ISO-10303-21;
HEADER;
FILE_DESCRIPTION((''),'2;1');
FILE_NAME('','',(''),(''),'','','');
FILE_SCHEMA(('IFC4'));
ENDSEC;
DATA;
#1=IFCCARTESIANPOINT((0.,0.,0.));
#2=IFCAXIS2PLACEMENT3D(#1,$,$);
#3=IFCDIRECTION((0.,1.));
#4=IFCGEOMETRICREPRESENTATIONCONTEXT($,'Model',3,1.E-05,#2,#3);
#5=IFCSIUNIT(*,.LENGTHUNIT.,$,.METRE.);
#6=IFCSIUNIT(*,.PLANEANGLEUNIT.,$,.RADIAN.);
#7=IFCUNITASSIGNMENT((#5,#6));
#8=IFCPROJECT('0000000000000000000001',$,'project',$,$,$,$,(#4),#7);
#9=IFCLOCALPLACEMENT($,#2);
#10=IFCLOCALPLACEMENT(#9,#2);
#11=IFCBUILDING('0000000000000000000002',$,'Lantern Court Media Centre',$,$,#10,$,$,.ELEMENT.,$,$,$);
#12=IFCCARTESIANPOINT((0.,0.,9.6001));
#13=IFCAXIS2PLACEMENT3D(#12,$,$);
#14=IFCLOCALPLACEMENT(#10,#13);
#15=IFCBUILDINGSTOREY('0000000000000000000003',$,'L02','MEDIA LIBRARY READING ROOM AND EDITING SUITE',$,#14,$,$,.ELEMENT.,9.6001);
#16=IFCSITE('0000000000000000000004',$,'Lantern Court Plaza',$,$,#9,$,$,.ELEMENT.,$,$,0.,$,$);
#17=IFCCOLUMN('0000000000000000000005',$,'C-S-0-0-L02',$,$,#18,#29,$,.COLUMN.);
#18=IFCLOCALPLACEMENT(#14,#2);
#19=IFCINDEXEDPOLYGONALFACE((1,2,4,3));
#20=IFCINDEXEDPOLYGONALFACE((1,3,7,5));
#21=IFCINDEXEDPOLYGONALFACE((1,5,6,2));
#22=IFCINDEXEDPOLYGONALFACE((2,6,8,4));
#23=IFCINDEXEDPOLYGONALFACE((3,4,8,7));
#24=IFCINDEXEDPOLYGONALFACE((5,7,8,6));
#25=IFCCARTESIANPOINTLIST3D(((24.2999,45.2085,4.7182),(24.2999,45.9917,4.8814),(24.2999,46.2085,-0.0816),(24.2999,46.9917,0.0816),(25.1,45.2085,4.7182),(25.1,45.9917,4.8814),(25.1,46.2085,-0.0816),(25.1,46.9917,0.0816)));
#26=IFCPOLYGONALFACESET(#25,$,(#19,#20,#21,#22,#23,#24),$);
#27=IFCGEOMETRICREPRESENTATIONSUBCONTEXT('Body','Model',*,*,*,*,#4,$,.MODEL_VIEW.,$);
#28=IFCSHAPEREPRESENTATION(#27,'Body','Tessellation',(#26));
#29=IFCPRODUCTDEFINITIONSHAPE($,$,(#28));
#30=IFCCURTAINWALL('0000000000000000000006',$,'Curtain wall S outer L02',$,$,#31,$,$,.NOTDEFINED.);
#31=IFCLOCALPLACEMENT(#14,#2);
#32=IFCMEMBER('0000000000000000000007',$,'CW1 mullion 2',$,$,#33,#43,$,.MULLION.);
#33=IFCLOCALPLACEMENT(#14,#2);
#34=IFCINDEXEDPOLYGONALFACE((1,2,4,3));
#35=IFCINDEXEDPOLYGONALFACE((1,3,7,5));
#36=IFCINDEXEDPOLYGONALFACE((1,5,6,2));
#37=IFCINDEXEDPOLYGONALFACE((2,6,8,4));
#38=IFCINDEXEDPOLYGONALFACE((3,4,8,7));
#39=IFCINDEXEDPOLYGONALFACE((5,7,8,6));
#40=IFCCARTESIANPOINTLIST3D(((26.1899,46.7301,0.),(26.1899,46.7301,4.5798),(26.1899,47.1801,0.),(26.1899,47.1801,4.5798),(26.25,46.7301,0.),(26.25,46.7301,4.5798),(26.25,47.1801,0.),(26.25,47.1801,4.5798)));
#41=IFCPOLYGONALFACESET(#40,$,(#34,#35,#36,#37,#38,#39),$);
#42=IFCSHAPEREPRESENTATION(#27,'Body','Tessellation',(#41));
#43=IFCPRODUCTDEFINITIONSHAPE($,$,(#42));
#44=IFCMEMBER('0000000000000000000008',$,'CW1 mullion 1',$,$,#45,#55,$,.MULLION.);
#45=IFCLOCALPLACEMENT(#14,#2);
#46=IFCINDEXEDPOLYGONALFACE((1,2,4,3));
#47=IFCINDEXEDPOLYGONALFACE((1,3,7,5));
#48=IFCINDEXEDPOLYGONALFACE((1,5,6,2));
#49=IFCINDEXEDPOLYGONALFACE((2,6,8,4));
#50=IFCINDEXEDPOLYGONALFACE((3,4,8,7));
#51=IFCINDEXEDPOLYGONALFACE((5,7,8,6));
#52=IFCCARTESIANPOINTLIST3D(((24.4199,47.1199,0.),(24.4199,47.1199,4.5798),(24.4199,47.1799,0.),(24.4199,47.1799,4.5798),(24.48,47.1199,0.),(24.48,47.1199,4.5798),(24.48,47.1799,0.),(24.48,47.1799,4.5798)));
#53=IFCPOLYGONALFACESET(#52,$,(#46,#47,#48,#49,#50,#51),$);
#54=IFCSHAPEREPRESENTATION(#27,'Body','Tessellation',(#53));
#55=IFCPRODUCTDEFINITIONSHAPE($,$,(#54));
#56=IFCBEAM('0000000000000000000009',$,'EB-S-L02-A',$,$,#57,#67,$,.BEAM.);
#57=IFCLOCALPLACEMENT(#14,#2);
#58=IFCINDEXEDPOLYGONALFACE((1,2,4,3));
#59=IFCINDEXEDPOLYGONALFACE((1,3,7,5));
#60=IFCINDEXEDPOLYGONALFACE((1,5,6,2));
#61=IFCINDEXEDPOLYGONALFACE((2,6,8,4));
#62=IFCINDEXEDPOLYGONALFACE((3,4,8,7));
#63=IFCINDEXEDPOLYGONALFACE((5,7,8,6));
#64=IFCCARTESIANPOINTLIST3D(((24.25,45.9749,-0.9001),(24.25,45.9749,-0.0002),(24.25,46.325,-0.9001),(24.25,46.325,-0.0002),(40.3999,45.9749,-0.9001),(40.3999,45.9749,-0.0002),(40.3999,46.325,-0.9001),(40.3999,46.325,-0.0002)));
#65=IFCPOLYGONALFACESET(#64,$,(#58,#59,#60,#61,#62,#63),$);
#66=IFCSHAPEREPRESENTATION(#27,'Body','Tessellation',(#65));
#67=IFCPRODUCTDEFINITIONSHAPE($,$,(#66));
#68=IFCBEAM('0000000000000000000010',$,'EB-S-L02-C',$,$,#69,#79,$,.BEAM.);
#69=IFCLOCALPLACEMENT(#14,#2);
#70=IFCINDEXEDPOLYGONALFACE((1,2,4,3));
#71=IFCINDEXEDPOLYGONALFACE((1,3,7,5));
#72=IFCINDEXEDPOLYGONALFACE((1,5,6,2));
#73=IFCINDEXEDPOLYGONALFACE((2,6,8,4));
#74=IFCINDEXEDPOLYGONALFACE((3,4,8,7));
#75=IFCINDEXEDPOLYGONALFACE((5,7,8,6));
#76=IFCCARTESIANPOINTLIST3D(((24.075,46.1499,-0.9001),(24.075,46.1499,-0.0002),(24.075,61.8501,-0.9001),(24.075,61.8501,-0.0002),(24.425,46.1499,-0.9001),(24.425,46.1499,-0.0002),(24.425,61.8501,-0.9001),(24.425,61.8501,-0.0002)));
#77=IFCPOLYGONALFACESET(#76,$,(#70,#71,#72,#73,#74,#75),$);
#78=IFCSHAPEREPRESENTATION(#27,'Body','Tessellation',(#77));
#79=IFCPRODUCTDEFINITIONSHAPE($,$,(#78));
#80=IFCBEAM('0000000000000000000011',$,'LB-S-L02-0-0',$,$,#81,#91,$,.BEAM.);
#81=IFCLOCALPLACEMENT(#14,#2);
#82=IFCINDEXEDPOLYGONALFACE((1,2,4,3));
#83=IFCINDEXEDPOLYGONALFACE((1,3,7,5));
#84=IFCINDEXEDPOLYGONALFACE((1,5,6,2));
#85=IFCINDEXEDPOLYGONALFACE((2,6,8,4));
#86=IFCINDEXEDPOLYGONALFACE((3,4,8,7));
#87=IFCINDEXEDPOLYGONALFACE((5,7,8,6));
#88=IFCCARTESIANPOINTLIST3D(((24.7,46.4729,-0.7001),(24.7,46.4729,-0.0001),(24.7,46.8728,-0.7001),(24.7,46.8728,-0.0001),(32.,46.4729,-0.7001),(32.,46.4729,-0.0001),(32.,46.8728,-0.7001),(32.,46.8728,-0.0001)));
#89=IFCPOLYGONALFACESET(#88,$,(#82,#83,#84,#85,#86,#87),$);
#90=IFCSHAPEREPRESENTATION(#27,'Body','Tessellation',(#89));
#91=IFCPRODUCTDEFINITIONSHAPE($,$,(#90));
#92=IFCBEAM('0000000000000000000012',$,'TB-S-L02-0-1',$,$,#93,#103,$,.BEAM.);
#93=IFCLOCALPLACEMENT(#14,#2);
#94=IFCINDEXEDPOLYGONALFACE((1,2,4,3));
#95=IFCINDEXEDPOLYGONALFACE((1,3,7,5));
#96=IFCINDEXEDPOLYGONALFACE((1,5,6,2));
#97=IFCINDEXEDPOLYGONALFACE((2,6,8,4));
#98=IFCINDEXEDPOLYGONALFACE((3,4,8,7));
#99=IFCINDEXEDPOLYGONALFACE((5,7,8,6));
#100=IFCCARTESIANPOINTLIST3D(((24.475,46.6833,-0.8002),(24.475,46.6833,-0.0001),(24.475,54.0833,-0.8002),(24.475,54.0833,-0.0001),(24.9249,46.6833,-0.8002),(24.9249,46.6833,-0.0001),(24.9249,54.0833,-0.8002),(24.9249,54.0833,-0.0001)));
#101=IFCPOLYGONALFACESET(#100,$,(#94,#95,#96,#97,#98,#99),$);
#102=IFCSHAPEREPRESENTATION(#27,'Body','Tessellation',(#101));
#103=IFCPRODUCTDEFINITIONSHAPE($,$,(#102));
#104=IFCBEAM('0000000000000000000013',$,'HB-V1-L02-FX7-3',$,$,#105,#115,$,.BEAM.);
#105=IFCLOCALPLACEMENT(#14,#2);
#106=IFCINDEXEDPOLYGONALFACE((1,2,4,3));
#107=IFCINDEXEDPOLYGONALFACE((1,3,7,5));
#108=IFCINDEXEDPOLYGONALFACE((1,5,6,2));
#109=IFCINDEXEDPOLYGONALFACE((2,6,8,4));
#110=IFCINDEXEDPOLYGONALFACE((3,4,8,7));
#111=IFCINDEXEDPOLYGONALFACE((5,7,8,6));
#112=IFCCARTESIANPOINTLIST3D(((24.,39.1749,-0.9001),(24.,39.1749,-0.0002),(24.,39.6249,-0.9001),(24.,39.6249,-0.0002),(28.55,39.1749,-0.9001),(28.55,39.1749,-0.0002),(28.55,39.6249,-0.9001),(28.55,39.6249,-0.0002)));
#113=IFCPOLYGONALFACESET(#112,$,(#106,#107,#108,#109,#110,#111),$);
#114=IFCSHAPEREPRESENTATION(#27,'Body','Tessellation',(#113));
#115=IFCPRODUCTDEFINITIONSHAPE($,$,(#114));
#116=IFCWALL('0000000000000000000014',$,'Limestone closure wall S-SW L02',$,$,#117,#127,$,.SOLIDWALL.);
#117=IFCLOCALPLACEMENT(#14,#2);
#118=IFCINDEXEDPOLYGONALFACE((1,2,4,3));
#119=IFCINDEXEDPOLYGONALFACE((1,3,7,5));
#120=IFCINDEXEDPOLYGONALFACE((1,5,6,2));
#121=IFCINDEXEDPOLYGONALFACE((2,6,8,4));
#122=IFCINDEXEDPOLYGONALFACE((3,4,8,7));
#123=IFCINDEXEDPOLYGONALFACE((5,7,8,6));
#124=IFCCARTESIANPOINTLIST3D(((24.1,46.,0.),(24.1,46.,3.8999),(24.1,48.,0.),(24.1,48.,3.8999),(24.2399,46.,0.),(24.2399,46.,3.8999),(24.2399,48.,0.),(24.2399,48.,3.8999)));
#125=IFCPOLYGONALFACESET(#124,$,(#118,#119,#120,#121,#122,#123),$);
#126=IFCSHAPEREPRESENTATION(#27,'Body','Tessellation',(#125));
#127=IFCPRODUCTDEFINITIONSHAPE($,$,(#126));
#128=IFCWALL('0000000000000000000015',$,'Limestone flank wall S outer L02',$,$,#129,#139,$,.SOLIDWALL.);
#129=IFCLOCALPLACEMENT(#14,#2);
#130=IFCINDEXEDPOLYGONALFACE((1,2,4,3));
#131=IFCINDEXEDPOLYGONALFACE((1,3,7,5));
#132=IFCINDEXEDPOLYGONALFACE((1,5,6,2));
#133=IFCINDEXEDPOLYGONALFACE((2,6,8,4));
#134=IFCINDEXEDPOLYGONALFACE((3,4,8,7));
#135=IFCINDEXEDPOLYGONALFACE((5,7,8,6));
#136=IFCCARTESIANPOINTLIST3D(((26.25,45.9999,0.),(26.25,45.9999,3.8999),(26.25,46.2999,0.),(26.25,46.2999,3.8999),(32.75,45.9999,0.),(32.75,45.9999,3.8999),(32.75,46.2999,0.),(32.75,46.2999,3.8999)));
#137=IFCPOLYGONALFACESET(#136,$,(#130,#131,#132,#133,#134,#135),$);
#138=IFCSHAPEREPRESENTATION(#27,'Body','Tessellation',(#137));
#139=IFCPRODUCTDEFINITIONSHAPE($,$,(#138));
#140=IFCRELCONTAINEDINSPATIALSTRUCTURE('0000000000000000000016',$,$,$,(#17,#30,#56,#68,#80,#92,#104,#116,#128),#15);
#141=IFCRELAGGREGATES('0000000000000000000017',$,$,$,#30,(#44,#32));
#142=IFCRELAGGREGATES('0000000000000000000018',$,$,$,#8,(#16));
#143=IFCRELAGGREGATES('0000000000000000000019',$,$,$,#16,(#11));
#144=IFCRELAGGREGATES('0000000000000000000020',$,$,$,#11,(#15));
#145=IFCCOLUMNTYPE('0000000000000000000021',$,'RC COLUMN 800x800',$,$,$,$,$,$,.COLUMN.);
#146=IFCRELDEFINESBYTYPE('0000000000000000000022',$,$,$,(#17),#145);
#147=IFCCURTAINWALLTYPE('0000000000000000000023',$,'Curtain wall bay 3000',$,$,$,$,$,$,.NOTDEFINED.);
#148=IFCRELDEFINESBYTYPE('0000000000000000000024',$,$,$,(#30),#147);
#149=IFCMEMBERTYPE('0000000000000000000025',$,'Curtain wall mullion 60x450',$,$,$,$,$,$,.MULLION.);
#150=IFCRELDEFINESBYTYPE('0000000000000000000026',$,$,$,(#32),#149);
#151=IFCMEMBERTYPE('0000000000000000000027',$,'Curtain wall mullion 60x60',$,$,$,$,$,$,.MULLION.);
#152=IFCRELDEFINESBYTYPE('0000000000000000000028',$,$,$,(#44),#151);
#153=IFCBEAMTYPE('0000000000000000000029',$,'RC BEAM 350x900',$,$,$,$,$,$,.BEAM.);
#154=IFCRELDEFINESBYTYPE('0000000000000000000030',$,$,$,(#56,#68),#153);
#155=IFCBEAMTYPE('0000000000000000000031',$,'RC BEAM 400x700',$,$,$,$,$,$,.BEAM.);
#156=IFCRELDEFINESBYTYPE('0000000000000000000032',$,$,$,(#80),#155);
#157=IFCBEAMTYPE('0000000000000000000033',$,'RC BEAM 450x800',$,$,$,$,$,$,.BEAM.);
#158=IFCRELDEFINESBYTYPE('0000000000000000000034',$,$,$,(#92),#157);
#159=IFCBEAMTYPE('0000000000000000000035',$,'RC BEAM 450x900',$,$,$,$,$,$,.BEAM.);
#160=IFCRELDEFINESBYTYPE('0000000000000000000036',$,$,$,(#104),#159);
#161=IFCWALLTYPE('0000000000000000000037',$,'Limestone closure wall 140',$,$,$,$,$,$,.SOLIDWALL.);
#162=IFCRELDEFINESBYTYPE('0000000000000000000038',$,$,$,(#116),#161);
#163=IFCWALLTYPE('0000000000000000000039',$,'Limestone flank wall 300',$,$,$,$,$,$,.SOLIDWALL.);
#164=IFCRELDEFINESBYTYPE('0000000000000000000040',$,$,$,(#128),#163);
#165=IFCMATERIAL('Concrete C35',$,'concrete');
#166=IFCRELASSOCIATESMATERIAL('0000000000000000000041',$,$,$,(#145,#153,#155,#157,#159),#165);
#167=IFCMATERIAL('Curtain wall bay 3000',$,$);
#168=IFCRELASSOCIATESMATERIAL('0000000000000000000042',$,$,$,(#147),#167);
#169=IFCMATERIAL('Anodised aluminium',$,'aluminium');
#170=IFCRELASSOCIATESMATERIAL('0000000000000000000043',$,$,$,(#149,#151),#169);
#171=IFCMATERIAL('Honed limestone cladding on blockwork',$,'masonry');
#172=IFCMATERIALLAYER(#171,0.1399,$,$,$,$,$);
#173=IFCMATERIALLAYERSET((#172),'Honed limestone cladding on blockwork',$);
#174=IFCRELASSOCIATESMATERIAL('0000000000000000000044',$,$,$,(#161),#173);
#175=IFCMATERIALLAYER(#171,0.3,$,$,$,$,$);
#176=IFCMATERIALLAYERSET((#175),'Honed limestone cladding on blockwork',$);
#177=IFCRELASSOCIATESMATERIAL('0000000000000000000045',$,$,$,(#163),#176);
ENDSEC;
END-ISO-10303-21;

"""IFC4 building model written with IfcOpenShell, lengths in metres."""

from ifc_helpers import new_model, si_unit, direction, frame, frame_2d, origin, origin_2d, place, context, subcontext, project, spatial, rectangle, extrude, material, layer, layer_set, material_profile, profile_set, type_object, element, aggregate, save


model = new_model("IFC4")

# Units and contexts
model_context = context("Model", 3, precision=1e-05, world=origin(), true_north=direction((0.0, 1.0)))
body_context = subcontext(model_context, "Body", "Model", "MODEL_VIEW")
ifc_project = project(units=[si_unit("LENGTHUNIT", "METRE"), si_unit("PLANEANGLEUNIT", "RADIAN")], contexts=[model_context])

# Site, building, storey
site_placement = place(None, origin())
site = spatial("IfcSite", under=ifc_project, at=site_placement, Name="Lantern Court Plaza", CompositionType="ELEMENT", RefElevation=0.0)
building_placement = place(site_placement, origin())
building = spatial("IfcBuilding", under=site, at=building_placement, Name="Lantern Court Media Centre", CompositionType="ELEMENT")
storey_placement = place(building_placement, frame((0.0, 0.0, 9.6001)))
storey = spatial("IfcBuildingStorey", under=building, at=storey_placement, Name="L02", Description="MEDIA LIBRARY READING ROOM AND EDITING SUITE", CompositionType="ELEMENT", Elevation=9.6001)

# Column
ifc_material_1 = material(Name="Concrete C35", Category="concrete")
ifc_material_profile_1 = material_profile(ifc_material_1, rectangle(XDim=0.8, YDim=0.8, at=origin_2d()), Name="RC 800x800")
ifc_profile_set_1 = profile_set([ifc_material_profile_1], Name="Concrete C35")
column_type = type_object("IfcColumnType", Name="RC COLUMN 800x800", PredefinedType="COLUMN", material=ifc_profile_set_1)
column_placement = place(storey_placement, frame((24.7, 46.6001, 0.0), z_axis=(0.0, -0.203962, 0.978979), x_axis=(1.0, 0.0, 0.0)))
element("IfcColumn", 1, at=column_placement, inside=storey, type_object=column_type, Name="C-S-0-0-L02", PredefinedType="COLUMN", context=body_context, shape_type="SweptSolid", body=[
    extrude(rectangle(XDim=0.8, YDim=0.8, at=origin_2d()), origin(), (0.0, 0.0, 1.0), 4.9028),
])

# Curtain wall, members
ifc_material_2 = material(Name="Curtain wall bay 3000")
curtain_wall_type = type_object("IfcCurtainWallType", Name="Curtain wall bay 3000", PredefinedType="NOTDEFINED", material=ifc_material_2)
curtain_wall_placement = place(storey_placement, origin())
curtain_wall = element("IfcCurtainWall", 2, at=curtain_wall_placement, inside=storey, type_object=curtain_wall_type, Name="Curtain wall S outer L02", PredefinedType="NOTDEFINED")
ifc_material_3 = material(Name="Anodised aluminium", Category="aluminium")
ifc_material_profile_2 = material_profile(ifc_material_3, rectangle(XDim=0.45, YDim=0.0601, at=origin_2d()), Name="AL 60x450")
ifc_profile_set_2 = profile_set([ifc_material_profile_2], Name="Anodised aluminium")
member_type_1 = type_object("IfcMemberType", Name="Curtain wall mullion 60x450", PredefinedType="MULLION", material=ifc_profile_set_2)
member_1_placement = place(storey_placement, frame((26.22, 46.9551, 0.0), z_axis=(0.0, 0.0, 1.0), x_axis=(0.0, 1.0, 0.0)))
member_1 = element("IfcMember", 3, at=member_1_placement, type_object=member_type_1, Name="CW1 mullion 2", PredefinedType="MULLION", context=body_context, shape_type="SweptSolid", body=[
    extrude(rectangle(XDim=0.45, YDim=0.0601, at=origin_2d()), origin(), (0.0, 0.0, 1.0), 4.5798),
])
ifc_material_profile_3 = material_profile(ifc_material_3, rectangle(XDim=0.0601, YDim=0.0601, at=origin_2d()), Name="AL 60x60")
ifc_profile_set_3 = profile_set([ifc_material_profile_3], Name="Anodised aluminium")
member_type_2 = type_object("IfcMemberType", Name="Curtain wall mullion 60x60", PredefinedType="MULLION", material=ifc_profile_set_3)
member_2_placement = place(storey_placement, frame((24.45, 47.1499, 0.0), z_axis=(0.0, 0.0, 1.0), x_axis=(0.0, 1.0, 0.0)))
member_2 = element("IfcMember", 4, at=member_2_placement, type_object=member_type_2, Name="CW1 mullion 1", PredefinedType="MULLION", context=body_context, shape_type="SweptSolid", body=[
    extrude(rectangle(XDim=0.0601, YDim=0.0601, at=origin_2d()), origin(), (0.0, 0.0, 1.0), 4.5798),
])
aggregate(curtain_wall, [member_2, member_1])

# Beams
ifc_material_profile_4 = material_profile(ifc_material_1, rectangle(XDim=0.3501, YDim=0.8999, at=origin_2d()), Name="RC 350x900")
ifc_profile_set_4 = profile_set([ifc_material_profile_4], Name="Concrete C35")
beam_type_1 = type_object("IfcBeamType", Name="RC BEAM 350x900", PredefinedType="BEAM", material=ifc_profile_set_4)
beam_1_placement = place(storey_placement, frame((24.25, 46.1499, -0.4502), z_axis=(1.0, 0.0, 0.0), x_axis=(0.0, 1.0, 0.0)))
element("IfcBeam", 5, at=beam_1_placement, inside=storey, type_object=beam_type_1, Name="EB-S-L02-A", PredefinedType="BEAM", context=body_context, shape_type="SweptSolid", body=[
    extrude(rectangle(XDim=0.3501, YDim=0.8999, at=origin_2d()), origin(), (0.0, 0.0, 1.0), 16.1499),
])
beam_2_placement = place(storey_placement, frame((24.25, 46.1499, -0.4502), z_axis=(0.0, 1.0, 0.0), x_axis=(-1.0, 0.0, 0.0)))
element("IfcBeam", 6, at=beam_2_placement, inside=storey, type_object=beam_type_1, Name="EB-S-L02-C", PredefinedType="BEAM", context=body_context, shape_type="SweptSolid", body=[
    extrude(rectangle(XDim=0.3501, YDim=0.8999, at=origin_2d()), origin(), (0.0, 0.0, 1.0), 15.7002),
])
ifc_material_profile_5 = material_profile(ifc_material_1, rectangle(XDim=0.3999, YDim=0.7, at=origin_2d()), Name="RC 400x700")
ifc_profile_set_5 = profile_set([ifc_material_profile_5], Name="Concrete C35")
beam_type_2 = type_object("IfcBeamType", Name="RC BEAM 400x700", PredefinedType="BEAM", material=ifc_profile_set_5)
beam_3_placement = place(storey_placement, frame((24.7, 46.6729, -0.3501), z_axis=(1.0, 0.0, 0.0), x_axis=(0.0, 1.0, 0.0)))
element("IfcBeam", 7, at=beam_3_placement, inside=storey, type_object=beam_type_2, Name="LB-S-L02-0-0", PredefinedType="BEAM", context=body_context, shape_type="SweptSolid", body=[
    extrude(rectangle(XDim=0.3999, YDim=0.7, at=origin_2d()), origin(), (0.0, 0.0, 1.0), 7.3),
])
ifc_material_profile_6 = material_profile(ifc_material_1, rectangle(XDim=0.45, YDim=0.8, at=origin_2d()), Name="RC 450x800")
ifc_profile_set_6 = profile_set([ifc_material_profile_6], Name="Concrete C35")
beam_type_3 = type_object("IfcBeamType", Name="RC BEAM 450x800", PredefinedType="BEAM", material=ifc_profile_set_6)
beam_4_placement = place(storey_placement, frame((24.7, 46.6833, -0.4001), z_axis=(0.0, 1.0, 0.0), x_axis=(-1.0, 0.0, 0.0)))
element("IfcBeam", 8, at=beam_4_placement, inside=storey, type_object=beam_type_3, Name="TB-S-L02-0-1", PredefinedType="BEAM", context=body_context, shape_type="SweptSolid", body=[
    extrude(rectangle(XDim=0.45, YDim=0.8, at=origin_2d()), origin(), (0.0, 0.0, 1.0), 7.3999),
])
ifc_material_profile_7 = material_profile(ifc_material_1, rectangle(XDim=0.45, YDim=0.8999, at=origin_2d()), Name="RC 450x900")
ifc_profile_set_7 = profile_set([ifc_material_profile_7], Name="Concrete C35")
beam_type_4 = type_object("IfcBeamType", Name="RC BEAM 450x900", PredefinedType="BEAM", material=ifc_profile_set_7)
beam_5_placement = place(storey_placement, frame((24.0, 39.3999, -0.4502), z_axis=(1.0, 0.0, 0.0), x_axis=(0.0, 1.0, 0.0)))
element("IfcBeam", 9, at=beam_5_placement, inside=storey, type_object=beam_type_4, Name="HB-V1-L02-FX7-3", PredefinedType="BEAM", context=body_context, shape_type="SweptSolid", body=[
    extrude(rectangle(XDim=0.45, YDim=0.8999, at=origin_2d()), origin(), (0.0, 0.0, 1.0), 4.55),
])

# Walls
ifc_material_4 = material(Name="Honed limestone cladding on blockwork", Category="masonry")
ifc_layer_1 = layer(ifc_material_4, 0.1399)
ifc_layer_set_1 = layer_set([ifc_layer_1], Name="Honed limestone cladding on blockwork")
wall_type_1 = type_object("IfcWallType", Name="Limestone closure wall 140", PredefinedType="SOLIDWALL", material=ifc_layer_set_1)
wall_1_placement = place(storey_placement, frame((24.1699, 46.0, 0.0), z_axis=(0.0, 0.0, 1.0), x_axis=(0.0, 1.0, 0.0)))
element("IfcWall", 10, at=wall_1_placement, inside=storey, type_object=wall_type_1, Name="Limestone closure wall S-SW L02", PredefinedType="SOLIDWALL", context=body_context, shape_type="SweptSolid", body=[
    extrude(rectangle(XDim=2.0, YDim=0.1399, at=frame_2d((1.0, 0.0))), origin(), (0.0, 0.0, 1.0), 3.8999),
])
ifc_layer_2 = layer(ifc_material_4, 0.3)
ifc_layer_set_2 = layer_set([ifc_layer_2], Name="Honed limestone cladding on blockwork")
wall_type_2 = type_object("IfcWallType", Name="Limestone flank wall 300", PredefinedType="SOLIDWALL", material=ifc_layer_set_2)
wall_2_placement = place(storey_placement, frame((26.25, 46.1499, 0.0), z_axis=(0.0, 0.0, 1.0), x_axis=(1.0, 0.0, 0.0)))
element("IfcWall", 11, at=wall_2_placement, inside=storey, type_object=wall_type_2, Name="Limestone flank wall S outer L02", PredefinedType="SOLIDWALL", context=body_context, shape_type="SweptSolid", body=[
    extrude(rectangle(XDim=6.5, YDim=0.3, at=frame_2d((3.25, 0.0))), origin(), (0.0, 0.0, 1.0), 3.8999),
])

save(model, "model.ifc")
